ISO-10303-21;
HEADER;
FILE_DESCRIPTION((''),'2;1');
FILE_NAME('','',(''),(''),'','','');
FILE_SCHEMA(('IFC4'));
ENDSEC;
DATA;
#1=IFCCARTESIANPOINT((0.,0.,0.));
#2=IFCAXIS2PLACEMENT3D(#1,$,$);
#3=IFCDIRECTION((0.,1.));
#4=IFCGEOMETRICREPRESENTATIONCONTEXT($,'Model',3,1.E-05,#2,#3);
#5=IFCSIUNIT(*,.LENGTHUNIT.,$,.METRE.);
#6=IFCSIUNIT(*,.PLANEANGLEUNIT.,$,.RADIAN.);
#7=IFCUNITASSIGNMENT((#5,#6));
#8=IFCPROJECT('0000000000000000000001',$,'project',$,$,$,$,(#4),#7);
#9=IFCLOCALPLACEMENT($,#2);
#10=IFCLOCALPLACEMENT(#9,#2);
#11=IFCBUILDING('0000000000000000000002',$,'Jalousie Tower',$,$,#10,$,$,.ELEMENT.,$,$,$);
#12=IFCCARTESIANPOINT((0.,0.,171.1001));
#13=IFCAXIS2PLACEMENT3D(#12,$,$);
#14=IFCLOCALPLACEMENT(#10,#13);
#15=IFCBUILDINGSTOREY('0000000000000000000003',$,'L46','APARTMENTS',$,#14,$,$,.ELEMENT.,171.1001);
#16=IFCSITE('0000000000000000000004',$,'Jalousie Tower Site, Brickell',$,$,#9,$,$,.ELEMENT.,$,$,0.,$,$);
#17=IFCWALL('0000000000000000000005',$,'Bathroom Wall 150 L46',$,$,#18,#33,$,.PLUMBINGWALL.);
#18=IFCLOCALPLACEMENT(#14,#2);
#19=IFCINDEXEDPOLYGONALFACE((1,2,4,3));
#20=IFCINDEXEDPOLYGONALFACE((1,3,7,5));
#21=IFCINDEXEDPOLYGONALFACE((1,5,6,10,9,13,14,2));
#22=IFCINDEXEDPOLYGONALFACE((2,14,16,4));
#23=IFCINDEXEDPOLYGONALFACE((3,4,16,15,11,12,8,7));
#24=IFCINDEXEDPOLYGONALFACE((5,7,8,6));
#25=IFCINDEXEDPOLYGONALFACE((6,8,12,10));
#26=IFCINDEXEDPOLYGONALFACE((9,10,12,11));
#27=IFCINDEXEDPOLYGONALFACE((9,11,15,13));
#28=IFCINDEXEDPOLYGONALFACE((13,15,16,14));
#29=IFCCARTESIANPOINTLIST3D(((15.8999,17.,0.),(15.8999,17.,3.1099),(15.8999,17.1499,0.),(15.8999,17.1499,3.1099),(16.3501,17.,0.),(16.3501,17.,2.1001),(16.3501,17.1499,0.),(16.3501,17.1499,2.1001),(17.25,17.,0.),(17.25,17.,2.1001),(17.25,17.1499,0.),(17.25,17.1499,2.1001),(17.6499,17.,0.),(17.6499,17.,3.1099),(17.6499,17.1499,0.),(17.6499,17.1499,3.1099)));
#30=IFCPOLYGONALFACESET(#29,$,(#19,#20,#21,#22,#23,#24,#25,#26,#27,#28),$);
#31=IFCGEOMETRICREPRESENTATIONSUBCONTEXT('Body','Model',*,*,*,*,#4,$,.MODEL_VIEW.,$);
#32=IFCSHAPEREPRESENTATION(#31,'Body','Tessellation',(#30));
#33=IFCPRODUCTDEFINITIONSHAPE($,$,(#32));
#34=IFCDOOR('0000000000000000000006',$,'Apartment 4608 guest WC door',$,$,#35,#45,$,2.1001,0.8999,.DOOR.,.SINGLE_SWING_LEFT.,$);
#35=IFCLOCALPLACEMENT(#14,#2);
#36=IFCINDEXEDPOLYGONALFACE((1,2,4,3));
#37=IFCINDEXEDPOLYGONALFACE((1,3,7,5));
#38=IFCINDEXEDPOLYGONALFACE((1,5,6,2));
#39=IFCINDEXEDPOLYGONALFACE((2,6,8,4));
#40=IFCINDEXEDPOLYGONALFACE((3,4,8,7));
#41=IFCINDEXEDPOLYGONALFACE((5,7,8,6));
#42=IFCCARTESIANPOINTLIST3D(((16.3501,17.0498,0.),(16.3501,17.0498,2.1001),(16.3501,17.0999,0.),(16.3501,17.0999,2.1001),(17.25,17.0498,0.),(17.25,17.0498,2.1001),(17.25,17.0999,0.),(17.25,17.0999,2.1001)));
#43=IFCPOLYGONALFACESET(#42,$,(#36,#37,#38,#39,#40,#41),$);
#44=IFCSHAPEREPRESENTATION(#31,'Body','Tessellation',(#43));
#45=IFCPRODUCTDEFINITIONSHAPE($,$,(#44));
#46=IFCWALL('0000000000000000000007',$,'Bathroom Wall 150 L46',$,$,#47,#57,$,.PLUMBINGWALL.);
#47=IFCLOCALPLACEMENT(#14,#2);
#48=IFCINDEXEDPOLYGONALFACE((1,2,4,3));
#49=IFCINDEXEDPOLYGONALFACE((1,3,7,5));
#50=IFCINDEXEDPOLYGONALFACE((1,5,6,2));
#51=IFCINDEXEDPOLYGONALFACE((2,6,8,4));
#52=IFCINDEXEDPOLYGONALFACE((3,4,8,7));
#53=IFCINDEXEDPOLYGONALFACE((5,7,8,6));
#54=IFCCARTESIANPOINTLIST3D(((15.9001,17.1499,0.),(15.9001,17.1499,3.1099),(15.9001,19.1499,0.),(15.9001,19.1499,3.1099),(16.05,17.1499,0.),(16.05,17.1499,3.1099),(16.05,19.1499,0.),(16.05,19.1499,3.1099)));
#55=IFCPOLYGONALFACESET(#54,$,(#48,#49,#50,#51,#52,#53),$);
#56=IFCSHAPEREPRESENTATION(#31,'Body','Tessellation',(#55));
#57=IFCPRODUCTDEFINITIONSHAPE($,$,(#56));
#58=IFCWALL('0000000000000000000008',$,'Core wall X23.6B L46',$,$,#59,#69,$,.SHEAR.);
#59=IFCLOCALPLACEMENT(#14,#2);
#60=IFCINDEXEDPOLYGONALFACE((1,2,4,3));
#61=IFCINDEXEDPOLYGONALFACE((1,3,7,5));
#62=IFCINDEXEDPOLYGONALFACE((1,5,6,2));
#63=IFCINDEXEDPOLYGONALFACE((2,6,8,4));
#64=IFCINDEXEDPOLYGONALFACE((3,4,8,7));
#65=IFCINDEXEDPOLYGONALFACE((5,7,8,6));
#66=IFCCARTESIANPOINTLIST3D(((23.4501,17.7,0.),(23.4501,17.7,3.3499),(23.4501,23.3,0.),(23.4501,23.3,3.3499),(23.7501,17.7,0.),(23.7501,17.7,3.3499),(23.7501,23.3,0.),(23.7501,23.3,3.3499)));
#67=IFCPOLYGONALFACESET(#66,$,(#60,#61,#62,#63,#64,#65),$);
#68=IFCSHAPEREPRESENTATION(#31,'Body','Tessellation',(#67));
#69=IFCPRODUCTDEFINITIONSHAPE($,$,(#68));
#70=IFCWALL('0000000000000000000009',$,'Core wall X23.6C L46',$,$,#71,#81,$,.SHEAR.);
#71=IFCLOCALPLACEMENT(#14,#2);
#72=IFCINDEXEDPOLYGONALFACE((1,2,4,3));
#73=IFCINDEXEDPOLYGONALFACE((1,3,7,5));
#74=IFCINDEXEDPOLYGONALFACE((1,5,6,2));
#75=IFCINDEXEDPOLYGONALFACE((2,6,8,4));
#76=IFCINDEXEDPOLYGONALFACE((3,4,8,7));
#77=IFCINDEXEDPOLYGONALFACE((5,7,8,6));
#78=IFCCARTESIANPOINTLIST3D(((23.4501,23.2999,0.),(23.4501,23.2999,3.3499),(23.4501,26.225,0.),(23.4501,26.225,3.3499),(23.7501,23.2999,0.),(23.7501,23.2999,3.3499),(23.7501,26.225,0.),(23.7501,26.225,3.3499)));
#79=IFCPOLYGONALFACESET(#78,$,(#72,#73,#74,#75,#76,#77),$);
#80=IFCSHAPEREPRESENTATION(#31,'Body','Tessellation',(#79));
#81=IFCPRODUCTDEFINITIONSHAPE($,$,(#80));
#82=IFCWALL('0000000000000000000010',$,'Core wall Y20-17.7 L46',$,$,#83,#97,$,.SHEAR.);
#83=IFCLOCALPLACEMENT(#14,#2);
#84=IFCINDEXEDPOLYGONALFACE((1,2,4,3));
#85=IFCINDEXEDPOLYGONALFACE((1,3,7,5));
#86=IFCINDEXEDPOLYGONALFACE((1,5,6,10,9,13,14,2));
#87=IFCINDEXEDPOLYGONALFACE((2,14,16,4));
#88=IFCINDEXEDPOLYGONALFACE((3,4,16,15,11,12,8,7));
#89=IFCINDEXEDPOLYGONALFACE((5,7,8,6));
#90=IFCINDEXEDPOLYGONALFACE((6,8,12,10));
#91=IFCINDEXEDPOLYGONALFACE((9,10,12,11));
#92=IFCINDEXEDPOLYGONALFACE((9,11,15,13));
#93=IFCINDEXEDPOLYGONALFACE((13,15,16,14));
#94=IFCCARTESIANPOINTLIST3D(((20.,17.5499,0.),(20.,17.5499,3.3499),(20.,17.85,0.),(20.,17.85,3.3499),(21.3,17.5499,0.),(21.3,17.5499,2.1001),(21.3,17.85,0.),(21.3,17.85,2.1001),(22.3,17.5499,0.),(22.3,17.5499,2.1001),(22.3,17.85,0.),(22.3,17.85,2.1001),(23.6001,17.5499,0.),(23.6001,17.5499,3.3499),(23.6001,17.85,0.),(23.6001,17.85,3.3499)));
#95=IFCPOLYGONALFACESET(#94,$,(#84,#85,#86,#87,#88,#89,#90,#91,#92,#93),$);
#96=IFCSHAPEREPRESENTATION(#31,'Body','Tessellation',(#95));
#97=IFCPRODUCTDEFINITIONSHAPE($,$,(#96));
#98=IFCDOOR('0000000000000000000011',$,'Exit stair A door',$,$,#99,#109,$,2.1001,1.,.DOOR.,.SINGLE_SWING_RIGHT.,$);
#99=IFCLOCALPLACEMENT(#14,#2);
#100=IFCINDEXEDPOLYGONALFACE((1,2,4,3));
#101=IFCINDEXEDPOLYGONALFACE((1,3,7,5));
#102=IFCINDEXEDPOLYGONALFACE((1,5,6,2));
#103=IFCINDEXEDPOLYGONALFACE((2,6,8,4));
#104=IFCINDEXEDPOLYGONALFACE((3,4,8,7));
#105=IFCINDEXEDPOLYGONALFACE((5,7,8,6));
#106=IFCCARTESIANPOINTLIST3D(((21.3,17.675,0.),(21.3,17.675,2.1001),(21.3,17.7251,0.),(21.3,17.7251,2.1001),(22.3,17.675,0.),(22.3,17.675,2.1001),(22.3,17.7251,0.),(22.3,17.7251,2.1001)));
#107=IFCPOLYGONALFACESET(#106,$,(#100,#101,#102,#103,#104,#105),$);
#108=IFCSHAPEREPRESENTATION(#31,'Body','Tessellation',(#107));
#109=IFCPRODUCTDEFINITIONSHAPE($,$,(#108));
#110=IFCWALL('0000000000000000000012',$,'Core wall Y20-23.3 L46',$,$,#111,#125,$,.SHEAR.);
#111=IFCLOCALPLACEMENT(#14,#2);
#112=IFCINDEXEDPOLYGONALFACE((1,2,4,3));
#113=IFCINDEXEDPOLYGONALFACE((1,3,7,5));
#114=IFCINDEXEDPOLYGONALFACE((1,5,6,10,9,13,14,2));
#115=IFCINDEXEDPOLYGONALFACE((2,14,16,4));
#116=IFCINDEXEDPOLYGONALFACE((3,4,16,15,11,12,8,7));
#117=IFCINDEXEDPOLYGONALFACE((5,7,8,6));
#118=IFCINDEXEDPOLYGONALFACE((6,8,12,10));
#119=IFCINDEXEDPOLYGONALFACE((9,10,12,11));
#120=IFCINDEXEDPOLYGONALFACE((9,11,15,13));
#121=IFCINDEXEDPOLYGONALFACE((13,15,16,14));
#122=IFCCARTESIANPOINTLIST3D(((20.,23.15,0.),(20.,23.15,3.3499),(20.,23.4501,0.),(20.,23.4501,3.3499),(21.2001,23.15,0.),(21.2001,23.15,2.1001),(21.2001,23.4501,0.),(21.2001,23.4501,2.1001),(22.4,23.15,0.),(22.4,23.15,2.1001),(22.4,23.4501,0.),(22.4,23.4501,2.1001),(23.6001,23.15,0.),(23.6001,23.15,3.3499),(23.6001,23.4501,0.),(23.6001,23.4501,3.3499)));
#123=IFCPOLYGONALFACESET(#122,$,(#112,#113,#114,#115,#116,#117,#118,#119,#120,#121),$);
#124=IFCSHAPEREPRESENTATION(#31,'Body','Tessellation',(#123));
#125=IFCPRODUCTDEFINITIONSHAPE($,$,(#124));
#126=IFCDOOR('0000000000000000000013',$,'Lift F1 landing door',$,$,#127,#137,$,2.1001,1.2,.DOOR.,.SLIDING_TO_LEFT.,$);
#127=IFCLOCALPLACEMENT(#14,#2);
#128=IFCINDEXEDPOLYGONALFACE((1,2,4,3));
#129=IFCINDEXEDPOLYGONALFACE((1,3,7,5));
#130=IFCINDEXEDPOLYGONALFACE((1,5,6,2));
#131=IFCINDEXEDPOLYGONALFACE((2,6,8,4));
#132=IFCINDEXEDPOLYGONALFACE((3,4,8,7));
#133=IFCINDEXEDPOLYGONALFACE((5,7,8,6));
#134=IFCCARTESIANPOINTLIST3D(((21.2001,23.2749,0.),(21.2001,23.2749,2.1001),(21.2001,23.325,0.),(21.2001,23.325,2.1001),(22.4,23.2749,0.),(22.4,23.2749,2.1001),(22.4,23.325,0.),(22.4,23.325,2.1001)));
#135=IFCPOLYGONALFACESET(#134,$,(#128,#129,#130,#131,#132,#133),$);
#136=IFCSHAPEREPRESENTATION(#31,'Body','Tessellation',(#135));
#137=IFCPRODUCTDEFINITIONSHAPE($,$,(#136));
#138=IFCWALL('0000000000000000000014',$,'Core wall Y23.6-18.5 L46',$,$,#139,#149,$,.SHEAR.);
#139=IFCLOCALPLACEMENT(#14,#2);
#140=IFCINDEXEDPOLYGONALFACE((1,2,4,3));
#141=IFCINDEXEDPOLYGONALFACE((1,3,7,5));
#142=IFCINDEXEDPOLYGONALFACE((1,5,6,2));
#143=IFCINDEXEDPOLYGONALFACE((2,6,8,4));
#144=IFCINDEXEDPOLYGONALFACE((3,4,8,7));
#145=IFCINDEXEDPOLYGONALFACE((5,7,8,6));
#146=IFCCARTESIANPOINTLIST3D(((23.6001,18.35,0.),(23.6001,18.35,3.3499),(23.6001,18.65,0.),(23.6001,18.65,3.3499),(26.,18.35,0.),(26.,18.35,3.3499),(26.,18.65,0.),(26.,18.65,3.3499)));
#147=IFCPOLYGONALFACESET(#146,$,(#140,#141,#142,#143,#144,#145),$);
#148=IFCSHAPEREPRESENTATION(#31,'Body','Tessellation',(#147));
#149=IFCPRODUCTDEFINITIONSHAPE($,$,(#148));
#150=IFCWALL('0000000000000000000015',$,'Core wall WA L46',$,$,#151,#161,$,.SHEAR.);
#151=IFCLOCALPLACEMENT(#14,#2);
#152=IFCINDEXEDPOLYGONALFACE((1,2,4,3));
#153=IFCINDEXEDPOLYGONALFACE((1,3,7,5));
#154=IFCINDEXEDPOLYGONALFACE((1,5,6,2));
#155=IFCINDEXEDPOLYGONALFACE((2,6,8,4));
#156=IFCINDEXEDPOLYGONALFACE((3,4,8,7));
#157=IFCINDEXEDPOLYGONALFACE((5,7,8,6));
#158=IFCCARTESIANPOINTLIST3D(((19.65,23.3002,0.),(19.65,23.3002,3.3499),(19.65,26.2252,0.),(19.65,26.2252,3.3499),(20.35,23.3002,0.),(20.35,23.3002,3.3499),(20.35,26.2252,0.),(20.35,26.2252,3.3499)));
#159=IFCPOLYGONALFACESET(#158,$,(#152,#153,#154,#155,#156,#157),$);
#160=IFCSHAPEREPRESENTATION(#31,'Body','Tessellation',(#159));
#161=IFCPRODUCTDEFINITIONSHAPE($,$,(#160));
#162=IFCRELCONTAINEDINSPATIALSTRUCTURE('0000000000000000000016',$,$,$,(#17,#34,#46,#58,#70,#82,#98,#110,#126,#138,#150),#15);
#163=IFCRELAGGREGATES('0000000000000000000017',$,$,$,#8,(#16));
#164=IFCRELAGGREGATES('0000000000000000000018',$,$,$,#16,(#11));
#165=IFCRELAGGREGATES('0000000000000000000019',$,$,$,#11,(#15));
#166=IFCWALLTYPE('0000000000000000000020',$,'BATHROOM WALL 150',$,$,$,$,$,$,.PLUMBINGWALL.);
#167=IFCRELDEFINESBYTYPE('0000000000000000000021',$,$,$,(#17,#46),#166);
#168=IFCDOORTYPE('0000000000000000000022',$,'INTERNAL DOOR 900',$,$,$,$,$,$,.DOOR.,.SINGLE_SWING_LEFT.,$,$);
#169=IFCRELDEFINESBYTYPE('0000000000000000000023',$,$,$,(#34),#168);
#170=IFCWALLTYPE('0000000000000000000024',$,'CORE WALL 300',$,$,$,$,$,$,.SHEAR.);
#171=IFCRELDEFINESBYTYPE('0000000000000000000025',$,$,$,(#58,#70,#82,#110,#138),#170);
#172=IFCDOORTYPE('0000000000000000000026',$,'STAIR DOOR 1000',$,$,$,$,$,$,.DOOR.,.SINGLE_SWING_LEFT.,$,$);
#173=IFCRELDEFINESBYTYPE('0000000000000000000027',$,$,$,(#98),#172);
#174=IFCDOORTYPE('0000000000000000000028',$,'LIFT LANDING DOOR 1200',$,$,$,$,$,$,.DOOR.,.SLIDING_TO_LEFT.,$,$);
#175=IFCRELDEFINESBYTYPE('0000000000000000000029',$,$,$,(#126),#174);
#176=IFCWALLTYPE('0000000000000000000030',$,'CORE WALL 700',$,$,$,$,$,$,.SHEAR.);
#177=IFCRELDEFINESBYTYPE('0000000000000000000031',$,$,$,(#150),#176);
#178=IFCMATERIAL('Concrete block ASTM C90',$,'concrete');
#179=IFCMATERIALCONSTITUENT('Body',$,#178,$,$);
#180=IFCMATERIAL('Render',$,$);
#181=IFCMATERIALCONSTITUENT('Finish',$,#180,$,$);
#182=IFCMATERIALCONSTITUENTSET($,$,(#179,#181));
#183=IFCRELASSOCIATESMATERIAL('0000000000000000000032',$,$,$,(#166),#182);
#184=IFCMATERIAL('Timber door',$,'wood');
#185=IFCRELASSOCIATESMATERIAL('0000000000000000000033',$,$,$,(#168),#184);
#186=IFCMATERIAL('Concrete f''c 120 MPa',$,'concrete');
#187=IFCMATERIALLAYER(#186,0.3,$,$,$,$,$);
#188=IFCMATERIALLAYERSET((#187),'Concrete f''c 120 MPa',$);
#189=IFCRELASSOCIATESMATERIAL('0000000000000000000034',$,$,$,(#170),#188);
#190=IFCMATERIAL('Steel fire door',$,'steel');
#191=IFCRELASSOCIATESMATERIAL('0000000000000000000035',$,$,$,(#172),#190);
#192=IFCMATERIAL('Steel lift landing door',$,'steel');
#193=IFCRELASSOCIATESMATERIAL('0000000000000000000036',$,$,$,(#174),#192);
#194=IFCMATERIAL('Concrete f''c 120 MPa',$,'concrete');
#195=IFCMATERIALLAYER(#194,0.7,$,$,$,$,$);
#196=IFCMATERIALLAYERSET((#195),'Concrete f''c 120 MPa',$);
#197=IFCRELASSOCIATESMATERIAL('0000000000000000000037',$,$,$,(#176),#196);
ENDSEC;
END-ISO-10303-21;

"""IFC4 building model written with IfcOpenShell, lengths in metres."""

from ifc_helpers import new_model, si_unit, direction, frame, frame_2d, origin, place, context, subcontext, project, spatial, rectangle, extrude, material, layer, layer_set, constituent, constituent_set, type_object, element, fill, save


model = new_model("IFC4")

# Units and contexts
model_context = context("Model", 3, precision=1e-05, world=origin(), true_north=direction((0.0, 1.0)))
body_context = subcontext(model_context, "Body", "Model", "MODEL_VIEW")
ifc_project = project(units=[si_unit("LENGTHUNIT", "METRE"), si_unit("PLANEANGLEUNIT", "RADIAN")], contexts=[model_context])

# Site, building, storey
site_placement = place(None, origin())
site = spatial("IfcSite", under=ifc_project, at=site_placement, Name="Jalousie Tower Site, Brickell", CompositionType="ELEMENT", RefElevation=0.0)
building_placement = place(site_placement, origin())
building = spatial("IfcBuilding", under=site, at=building_placement, Name="Jalousie Tower", CompositionType="ELEMENT")
storey_placement = place(building_placement, frame((0.0, 0.0, 171.1001)))
storey = spatial("IfcBuildingStorey", under=building, at=storey_placement, Name="L46", Description="APARTMENTS", CompositionType="ELEMENT", Elevation=171.1001)

# Wall, opening, door
ifc_material_1 = material(Name="Concrete block ASTM C90", Category="concrete")
ifc_constituent_1 = constituent(ifc_material_1, Name="Body")
ifc_material_2 = material(Name="Render")
ifc_constituent_2 = constituent(ifc_material_2, Name="Finish")
ifc_constituent_set_1 = constituent_set(constituents=[ifc_constituent_1, ifc_constituent_2])
wall_type_1 = type_object("IfcWallType", Name="BATHROOM WALL 150", PredefinedType="PLUMBINGWALL", material=ifc_constituent_set_1)
wall_1_placement = place(storey_placement, frame((17.6499, 17.075, 0.0), z_axis=(0.0, 0.0, 1.0), x_axis=(-1.0, 0.0, 0.0)))
wall_1 = element("IfcWall", 1, at=wall_1_placement, inside=storey, type_object=wall_type_1, Name="Bathroom Wall 150 L46", PredefinedType="PLUMBINGWALL", context=body_context, shape_type="SweptSolid", body=[
    extrude(rectangle(XDim=1.75, YDim=0.1499, at=frame_2d((0.875, 0.0))), origin(), (0.0, 0.0, 1.0), 3.1099),
])
opening_1_placement = place(wall_1_placement, frame((0.3999, 0.0, 0.0)))
opening_1 = element("IfcOpeningElement", 2, at=opening_1_placement, cuts=wall_1, PredefinedType="OPENING", context=body_context, shape_type="SweptSolid", body=[
    extrude(rectangle(XDim=0.8999, YDim=2.1001, at=frame_2d((0.45, 1.05))), frame((0.0, 0.085, 0.0), z_axis=(0.0, -1.0, 0.0), x_axis=(1.0, 0.0, 0.0)), (0.0, 0.0, 1.0), 0.1699),
])
ifc_material_3 = material(Name="Timber door", Category="wood")
door_type_1 = type_object("IfcDoorType", Name="INTERNAL DOOR 900", OperationType="SINGLE_SWING_LEFT", PredefinedType="DOOR", material=ifc_material_3)
door_1_placement = place(opening_1_placement, frame((0.8999, 0.0, 0.0), z_axis=(0.0, 0.0, 1.0), x_axis=(-1.0, 0.0, 0.0)))
door_1 = element("IfcDoor", 3, at=door_1_placement, inside=storey, type_object=door_type_1, Name="Apartment 4608 guest WC door", OperationType="SINGLE_SWING_LEFT", OverallHeight=2.1001, OverallWidth=0.8999, PredefinedType="DOOR", context=body_context, shape_type="SweptSolid", body=[
    extrude(rectangle(XDim=0.8999, YDim=2.1001, at=frame_2d((0.45, 1.05))), frame((0.0, 0.0249, 0.0), z_axis=(0.0, -1.0, 0.0), x_axis=(1.0, 0.0, 0.0)), (0.0, 0.0, 1.0), 0.05),
])
fill(opening_1, door_1)

# Walls
wall_2_placement = place(storey_placement, frame((15.9751, 19.1499, 0.0), z_axis=(0.0, 0.0, 1.0), x_axis=(0.0, -1.0, 0.0)))
element("IfcWall", 4, at=wall_2_placement, inside=storey, type_object=wall_type_1, Name="Bathroom Wall 150 L46", PredefinedType="PLUMBINGWALL", context=body_context, shape_type="SweptSolid", body=[
    extrude(rectangle(XDim=2.0, YDim=0.1499, at=frame_2d((1.0, 0.0))), origin(), (0.0, 0.0, 1.0), 3.1099),
])
ifc_material_4 = material(Name="Concrete f'c 120 MPa", Category="concrete")
ifc_layer_1 = layer(ifc_material_4, 0.3)
ifc_layer_set_1 = layer_set([ifc_layer_1], Name="Concrete f'c 120 MPa")
wall_type_2 = type_object("IfcWallType", Name="CORE WALL 300", PredefinedType="SHEAR", material=ifc_layer_set_1)
wall_3_placement = place(storey_placement, frame((23.6001, 17.7, 0.0), z_axis=(0.0, 0.0, 1.0), x_axis=(0.0, 1.0, 0.0)))
element("IfcWall", 5, at=wall_3_placement, inside=storey, type_object=wall_type_2, Name="Core wall X23.6B L46", PredefinedType="SHEAR", context=body_context, shape_type="SweptSolid", body=[
    extrude(rectangle(XDim=5.6001, YDim=0.3, at=frame_2d((2.8, 0.0))), origin(), (0.0, 0.0, 1.0), 3.3499),
])
wall_4_placement = place(storey_placement, frame((23.6001, 23.3, 0.0), z_axis=(0.0, 0.0, 1.0), x_axis=(0.0, 1.0, 0.0)))
element("IfcWall", 6, at=wall_4_placement, inside=storey, type_object=wall_type_2, Name="Core wall X23.6C L46", PredefinedType="SHEAR", context=body_context, shape_type="SweptSolid", body=[
    extrude(rectangle(XDim=2.925, YDim=0.3, at=frame_2d((1.4624, 0.0))), origin(), (0.0, 0.0, 1.0), 3.3499),
])

# Walls, openings, doors
wall_5_placement = place(storey_placement, frame((20.0, 17.7, 0.0), z_axis=(0.0, 0.0, 1.0), x_axis=(1.0, 0.0, 0.0)))
wall_5 = element("IfcWall", 7, at=wall_5_placement, inside=storey, type_object=wall_type_2, Name="Core wall Y20-17.7 L46", PredefinedType="SHEAR", context=body_context, shape_type="SweptSolid", body=[
    extrude(rectangle(XDim=3.6001, YDim=0.3, at=frame_2d((1.8, 0.0))), origin(), (0.0, 0.0, 1.0), 3.3499),
])
opening_2_placement = place(wall_5_placement, frame((1.3, 0.0, 0.0)))
opening_2 = element("IfcOpeningElement", 8, at=opening_2_placement, cuts=wall_5, PredefinedType="OPENING", context=body_context, shape_type="SweptSolid", body=[
    extrude(rectangle(XDim=1.0, YDim=2.1001, at=frame_2d((0.5, 1.05))), frame((0.0, 0.1599, 0.0), z_axis=(0.0, -1.0, 0.0), x_axis=(1.0, 0.0, 0.0)), (0.0, 0.0, 1.0), 0.3201),
])
ifc_material_5 = material(Name="Steel fire door", Category="steel")
door_type_2 = type_object("IfcDoorType", Name="STAIR DOOR 1000", OperationType="SINGLE_SWING_LEFT", PredefinedType="DOOR", material=ifc_material_5)
door_2_placement = place(opening_2_placement, frame((1.0, 0.0, 0.0), z_axis=(0.0, 0.0, 1.0), x_axis=(-1.0, 0.0, 0.0)))
door_2 = element("IfcDoor", 9, at=door_2_placement, inside=storey, type_object=door_type_2, Name="Exit stair A door", OperationType="SINGLE_SWING_RIGHT", OverallHeight=2.1001, OverallWidth=1.0, PredefinedType="DOOR", context=body_context, shape_type="SweptSolid", body=[
    extrude(rectangle(XDim=1.0, YDim=2.1001, at=frame_2d((0.5, 1.05))), frame((0.0, 0.0249, 0.0), z_axis=(0.0, -1.0, 0.0), x_axis=(1.0, 0.0, 0.0)), (0.0, 0.0, 1.0), 0.05),
])
fill(opening_2, door_2)
wall_6_placement = place(storey_placement, frame((20.0, 23.3, 0.0), z_axis=(0.0, 0.0, 1.0), x_axis=(1.0, 0.0, 0.0)))
wall_6 = element("IfcWall", 10, at=wall_6_placement, inside=storey, type_object=wall_type_2, Name="Core wall Y20-23.3 L46", PredefinedType="SHEAR", context=body_context, shape_type="SweptSolid", body=[
    extrude(rectangle(XDim=3.6001, YDim=0.3, at=frame_2d((1.8, 0.0))), origin(), (0.0, 0.0, 1.0), 3.3499),
])
opening_3_placement = place(wall_6_placement, frame((1.2, 0.0, 0.0)))
opening_3 = element("IfcOpeningElement", 11, at=opening_3_placement, cuts=wall_6, PredefinedType="OPENING", context=body_context, shape_type="SweptSolid", body=[
    extrude(rectangle(XDim=1.2, YDim=2.1001, at=frame_2d((0.6001, 1.05))), frame((0.0, 0.1599, 0.0), z_axis=(0.0, -1.0, 0.0), x_axis=(1.0, 0.0, 0.0)), (0.0, 0.0, 1.0), 0.3201),
])
ifc_material_6 = material(Name="Steel lift landing door", Category="steel")
door_type_3 = type_object("IfcDoorType", Name="LIFT LANDING DOOR 1200", OperationType="SLIDING_TO_LEFT", PredefinedType="DOOR", material=ifc_material_6)
door_3_placement = place(opening_3_placement, origin())
door_3 = element("IfcDoor", 12, at=door_3_placement, inside=storey, type_object=door_type_3, Name="Lift F1 landing door", OperationType="SLIDING_TO_LEFT", OverallHeight=2.1001, OverallWidth=1.2, PredefinedType="DOOR", context=body_context, shape_type="SweptSolid", body=[
    extrude(rectangle(XDim=1.2, YDim=2.1001, at=frame_2d((0.6001, 1.05))), frame((0.0, 0.0249, 0.0), z_axis=(0.0, -1.0, 0.0), x_axis=(1.0, 0.0, 0.0)), (0.0, 0.0, 1.0), 0.05),
])
fill(opening_3, door_3)

# Walls
wall_7_placement = place(storey_placement, frame((23.6001, 18.5, 0.0), z_axis=(0.0, 0.0, 1.0), x_axis=(1.0, 0.0, 0.0)))
element("IfcWall", 13, at=wall_7_placement, inside=storey, type_object=wall_type_2, Name="Core wall Y23.6-18.5 L46", PredefinedType="SHEAR", context=body_context, shape_type="SweptSolid", body=[
    extrude(rectangle(XDim=2.3999, YDim=0.3, at=frame_2d((1.2, 0.0))), origin(), (0.0, 0.0, 1.0), 3.3499),
])
ifc_material_7 = material(Name="Concrete f'c 120 MPa", Category="concrete")
ifc_layer_2 = layer(ifc_material_7, 0.7)
ifc_layer_set_2 = layer_set([ifc_layer_2], Name="Concrete f'c 120 MPa")
wall_type_3 = type_object("IfcWallType", Name="CORE WALL 700", PredefinedType="SHEAR", material=ifc_layer_set_2)
wall_8_placement = place(storey_placement, frame((20.0, 26.2251, 0.0), z_axis=(0.0, 0.0, 1.0), x_axis=(0.0, -1.0, 0.0)))
element("IfcWall", 14, at=wall_8_placement, inside=storey, type_object=wall_type_3, Name="Core wall WA L46", PredefinedType="SHEAR", context=body_context, shape_type="SweptSolid", body=[
    extrude(rectangle(XDim=2.925, YDim=0.7, at=frame_2d((1.4624, 0.0))), origin(), (0.0, 0.0, 1.0), 3.3499),
])

save(model, "model.ifc")
